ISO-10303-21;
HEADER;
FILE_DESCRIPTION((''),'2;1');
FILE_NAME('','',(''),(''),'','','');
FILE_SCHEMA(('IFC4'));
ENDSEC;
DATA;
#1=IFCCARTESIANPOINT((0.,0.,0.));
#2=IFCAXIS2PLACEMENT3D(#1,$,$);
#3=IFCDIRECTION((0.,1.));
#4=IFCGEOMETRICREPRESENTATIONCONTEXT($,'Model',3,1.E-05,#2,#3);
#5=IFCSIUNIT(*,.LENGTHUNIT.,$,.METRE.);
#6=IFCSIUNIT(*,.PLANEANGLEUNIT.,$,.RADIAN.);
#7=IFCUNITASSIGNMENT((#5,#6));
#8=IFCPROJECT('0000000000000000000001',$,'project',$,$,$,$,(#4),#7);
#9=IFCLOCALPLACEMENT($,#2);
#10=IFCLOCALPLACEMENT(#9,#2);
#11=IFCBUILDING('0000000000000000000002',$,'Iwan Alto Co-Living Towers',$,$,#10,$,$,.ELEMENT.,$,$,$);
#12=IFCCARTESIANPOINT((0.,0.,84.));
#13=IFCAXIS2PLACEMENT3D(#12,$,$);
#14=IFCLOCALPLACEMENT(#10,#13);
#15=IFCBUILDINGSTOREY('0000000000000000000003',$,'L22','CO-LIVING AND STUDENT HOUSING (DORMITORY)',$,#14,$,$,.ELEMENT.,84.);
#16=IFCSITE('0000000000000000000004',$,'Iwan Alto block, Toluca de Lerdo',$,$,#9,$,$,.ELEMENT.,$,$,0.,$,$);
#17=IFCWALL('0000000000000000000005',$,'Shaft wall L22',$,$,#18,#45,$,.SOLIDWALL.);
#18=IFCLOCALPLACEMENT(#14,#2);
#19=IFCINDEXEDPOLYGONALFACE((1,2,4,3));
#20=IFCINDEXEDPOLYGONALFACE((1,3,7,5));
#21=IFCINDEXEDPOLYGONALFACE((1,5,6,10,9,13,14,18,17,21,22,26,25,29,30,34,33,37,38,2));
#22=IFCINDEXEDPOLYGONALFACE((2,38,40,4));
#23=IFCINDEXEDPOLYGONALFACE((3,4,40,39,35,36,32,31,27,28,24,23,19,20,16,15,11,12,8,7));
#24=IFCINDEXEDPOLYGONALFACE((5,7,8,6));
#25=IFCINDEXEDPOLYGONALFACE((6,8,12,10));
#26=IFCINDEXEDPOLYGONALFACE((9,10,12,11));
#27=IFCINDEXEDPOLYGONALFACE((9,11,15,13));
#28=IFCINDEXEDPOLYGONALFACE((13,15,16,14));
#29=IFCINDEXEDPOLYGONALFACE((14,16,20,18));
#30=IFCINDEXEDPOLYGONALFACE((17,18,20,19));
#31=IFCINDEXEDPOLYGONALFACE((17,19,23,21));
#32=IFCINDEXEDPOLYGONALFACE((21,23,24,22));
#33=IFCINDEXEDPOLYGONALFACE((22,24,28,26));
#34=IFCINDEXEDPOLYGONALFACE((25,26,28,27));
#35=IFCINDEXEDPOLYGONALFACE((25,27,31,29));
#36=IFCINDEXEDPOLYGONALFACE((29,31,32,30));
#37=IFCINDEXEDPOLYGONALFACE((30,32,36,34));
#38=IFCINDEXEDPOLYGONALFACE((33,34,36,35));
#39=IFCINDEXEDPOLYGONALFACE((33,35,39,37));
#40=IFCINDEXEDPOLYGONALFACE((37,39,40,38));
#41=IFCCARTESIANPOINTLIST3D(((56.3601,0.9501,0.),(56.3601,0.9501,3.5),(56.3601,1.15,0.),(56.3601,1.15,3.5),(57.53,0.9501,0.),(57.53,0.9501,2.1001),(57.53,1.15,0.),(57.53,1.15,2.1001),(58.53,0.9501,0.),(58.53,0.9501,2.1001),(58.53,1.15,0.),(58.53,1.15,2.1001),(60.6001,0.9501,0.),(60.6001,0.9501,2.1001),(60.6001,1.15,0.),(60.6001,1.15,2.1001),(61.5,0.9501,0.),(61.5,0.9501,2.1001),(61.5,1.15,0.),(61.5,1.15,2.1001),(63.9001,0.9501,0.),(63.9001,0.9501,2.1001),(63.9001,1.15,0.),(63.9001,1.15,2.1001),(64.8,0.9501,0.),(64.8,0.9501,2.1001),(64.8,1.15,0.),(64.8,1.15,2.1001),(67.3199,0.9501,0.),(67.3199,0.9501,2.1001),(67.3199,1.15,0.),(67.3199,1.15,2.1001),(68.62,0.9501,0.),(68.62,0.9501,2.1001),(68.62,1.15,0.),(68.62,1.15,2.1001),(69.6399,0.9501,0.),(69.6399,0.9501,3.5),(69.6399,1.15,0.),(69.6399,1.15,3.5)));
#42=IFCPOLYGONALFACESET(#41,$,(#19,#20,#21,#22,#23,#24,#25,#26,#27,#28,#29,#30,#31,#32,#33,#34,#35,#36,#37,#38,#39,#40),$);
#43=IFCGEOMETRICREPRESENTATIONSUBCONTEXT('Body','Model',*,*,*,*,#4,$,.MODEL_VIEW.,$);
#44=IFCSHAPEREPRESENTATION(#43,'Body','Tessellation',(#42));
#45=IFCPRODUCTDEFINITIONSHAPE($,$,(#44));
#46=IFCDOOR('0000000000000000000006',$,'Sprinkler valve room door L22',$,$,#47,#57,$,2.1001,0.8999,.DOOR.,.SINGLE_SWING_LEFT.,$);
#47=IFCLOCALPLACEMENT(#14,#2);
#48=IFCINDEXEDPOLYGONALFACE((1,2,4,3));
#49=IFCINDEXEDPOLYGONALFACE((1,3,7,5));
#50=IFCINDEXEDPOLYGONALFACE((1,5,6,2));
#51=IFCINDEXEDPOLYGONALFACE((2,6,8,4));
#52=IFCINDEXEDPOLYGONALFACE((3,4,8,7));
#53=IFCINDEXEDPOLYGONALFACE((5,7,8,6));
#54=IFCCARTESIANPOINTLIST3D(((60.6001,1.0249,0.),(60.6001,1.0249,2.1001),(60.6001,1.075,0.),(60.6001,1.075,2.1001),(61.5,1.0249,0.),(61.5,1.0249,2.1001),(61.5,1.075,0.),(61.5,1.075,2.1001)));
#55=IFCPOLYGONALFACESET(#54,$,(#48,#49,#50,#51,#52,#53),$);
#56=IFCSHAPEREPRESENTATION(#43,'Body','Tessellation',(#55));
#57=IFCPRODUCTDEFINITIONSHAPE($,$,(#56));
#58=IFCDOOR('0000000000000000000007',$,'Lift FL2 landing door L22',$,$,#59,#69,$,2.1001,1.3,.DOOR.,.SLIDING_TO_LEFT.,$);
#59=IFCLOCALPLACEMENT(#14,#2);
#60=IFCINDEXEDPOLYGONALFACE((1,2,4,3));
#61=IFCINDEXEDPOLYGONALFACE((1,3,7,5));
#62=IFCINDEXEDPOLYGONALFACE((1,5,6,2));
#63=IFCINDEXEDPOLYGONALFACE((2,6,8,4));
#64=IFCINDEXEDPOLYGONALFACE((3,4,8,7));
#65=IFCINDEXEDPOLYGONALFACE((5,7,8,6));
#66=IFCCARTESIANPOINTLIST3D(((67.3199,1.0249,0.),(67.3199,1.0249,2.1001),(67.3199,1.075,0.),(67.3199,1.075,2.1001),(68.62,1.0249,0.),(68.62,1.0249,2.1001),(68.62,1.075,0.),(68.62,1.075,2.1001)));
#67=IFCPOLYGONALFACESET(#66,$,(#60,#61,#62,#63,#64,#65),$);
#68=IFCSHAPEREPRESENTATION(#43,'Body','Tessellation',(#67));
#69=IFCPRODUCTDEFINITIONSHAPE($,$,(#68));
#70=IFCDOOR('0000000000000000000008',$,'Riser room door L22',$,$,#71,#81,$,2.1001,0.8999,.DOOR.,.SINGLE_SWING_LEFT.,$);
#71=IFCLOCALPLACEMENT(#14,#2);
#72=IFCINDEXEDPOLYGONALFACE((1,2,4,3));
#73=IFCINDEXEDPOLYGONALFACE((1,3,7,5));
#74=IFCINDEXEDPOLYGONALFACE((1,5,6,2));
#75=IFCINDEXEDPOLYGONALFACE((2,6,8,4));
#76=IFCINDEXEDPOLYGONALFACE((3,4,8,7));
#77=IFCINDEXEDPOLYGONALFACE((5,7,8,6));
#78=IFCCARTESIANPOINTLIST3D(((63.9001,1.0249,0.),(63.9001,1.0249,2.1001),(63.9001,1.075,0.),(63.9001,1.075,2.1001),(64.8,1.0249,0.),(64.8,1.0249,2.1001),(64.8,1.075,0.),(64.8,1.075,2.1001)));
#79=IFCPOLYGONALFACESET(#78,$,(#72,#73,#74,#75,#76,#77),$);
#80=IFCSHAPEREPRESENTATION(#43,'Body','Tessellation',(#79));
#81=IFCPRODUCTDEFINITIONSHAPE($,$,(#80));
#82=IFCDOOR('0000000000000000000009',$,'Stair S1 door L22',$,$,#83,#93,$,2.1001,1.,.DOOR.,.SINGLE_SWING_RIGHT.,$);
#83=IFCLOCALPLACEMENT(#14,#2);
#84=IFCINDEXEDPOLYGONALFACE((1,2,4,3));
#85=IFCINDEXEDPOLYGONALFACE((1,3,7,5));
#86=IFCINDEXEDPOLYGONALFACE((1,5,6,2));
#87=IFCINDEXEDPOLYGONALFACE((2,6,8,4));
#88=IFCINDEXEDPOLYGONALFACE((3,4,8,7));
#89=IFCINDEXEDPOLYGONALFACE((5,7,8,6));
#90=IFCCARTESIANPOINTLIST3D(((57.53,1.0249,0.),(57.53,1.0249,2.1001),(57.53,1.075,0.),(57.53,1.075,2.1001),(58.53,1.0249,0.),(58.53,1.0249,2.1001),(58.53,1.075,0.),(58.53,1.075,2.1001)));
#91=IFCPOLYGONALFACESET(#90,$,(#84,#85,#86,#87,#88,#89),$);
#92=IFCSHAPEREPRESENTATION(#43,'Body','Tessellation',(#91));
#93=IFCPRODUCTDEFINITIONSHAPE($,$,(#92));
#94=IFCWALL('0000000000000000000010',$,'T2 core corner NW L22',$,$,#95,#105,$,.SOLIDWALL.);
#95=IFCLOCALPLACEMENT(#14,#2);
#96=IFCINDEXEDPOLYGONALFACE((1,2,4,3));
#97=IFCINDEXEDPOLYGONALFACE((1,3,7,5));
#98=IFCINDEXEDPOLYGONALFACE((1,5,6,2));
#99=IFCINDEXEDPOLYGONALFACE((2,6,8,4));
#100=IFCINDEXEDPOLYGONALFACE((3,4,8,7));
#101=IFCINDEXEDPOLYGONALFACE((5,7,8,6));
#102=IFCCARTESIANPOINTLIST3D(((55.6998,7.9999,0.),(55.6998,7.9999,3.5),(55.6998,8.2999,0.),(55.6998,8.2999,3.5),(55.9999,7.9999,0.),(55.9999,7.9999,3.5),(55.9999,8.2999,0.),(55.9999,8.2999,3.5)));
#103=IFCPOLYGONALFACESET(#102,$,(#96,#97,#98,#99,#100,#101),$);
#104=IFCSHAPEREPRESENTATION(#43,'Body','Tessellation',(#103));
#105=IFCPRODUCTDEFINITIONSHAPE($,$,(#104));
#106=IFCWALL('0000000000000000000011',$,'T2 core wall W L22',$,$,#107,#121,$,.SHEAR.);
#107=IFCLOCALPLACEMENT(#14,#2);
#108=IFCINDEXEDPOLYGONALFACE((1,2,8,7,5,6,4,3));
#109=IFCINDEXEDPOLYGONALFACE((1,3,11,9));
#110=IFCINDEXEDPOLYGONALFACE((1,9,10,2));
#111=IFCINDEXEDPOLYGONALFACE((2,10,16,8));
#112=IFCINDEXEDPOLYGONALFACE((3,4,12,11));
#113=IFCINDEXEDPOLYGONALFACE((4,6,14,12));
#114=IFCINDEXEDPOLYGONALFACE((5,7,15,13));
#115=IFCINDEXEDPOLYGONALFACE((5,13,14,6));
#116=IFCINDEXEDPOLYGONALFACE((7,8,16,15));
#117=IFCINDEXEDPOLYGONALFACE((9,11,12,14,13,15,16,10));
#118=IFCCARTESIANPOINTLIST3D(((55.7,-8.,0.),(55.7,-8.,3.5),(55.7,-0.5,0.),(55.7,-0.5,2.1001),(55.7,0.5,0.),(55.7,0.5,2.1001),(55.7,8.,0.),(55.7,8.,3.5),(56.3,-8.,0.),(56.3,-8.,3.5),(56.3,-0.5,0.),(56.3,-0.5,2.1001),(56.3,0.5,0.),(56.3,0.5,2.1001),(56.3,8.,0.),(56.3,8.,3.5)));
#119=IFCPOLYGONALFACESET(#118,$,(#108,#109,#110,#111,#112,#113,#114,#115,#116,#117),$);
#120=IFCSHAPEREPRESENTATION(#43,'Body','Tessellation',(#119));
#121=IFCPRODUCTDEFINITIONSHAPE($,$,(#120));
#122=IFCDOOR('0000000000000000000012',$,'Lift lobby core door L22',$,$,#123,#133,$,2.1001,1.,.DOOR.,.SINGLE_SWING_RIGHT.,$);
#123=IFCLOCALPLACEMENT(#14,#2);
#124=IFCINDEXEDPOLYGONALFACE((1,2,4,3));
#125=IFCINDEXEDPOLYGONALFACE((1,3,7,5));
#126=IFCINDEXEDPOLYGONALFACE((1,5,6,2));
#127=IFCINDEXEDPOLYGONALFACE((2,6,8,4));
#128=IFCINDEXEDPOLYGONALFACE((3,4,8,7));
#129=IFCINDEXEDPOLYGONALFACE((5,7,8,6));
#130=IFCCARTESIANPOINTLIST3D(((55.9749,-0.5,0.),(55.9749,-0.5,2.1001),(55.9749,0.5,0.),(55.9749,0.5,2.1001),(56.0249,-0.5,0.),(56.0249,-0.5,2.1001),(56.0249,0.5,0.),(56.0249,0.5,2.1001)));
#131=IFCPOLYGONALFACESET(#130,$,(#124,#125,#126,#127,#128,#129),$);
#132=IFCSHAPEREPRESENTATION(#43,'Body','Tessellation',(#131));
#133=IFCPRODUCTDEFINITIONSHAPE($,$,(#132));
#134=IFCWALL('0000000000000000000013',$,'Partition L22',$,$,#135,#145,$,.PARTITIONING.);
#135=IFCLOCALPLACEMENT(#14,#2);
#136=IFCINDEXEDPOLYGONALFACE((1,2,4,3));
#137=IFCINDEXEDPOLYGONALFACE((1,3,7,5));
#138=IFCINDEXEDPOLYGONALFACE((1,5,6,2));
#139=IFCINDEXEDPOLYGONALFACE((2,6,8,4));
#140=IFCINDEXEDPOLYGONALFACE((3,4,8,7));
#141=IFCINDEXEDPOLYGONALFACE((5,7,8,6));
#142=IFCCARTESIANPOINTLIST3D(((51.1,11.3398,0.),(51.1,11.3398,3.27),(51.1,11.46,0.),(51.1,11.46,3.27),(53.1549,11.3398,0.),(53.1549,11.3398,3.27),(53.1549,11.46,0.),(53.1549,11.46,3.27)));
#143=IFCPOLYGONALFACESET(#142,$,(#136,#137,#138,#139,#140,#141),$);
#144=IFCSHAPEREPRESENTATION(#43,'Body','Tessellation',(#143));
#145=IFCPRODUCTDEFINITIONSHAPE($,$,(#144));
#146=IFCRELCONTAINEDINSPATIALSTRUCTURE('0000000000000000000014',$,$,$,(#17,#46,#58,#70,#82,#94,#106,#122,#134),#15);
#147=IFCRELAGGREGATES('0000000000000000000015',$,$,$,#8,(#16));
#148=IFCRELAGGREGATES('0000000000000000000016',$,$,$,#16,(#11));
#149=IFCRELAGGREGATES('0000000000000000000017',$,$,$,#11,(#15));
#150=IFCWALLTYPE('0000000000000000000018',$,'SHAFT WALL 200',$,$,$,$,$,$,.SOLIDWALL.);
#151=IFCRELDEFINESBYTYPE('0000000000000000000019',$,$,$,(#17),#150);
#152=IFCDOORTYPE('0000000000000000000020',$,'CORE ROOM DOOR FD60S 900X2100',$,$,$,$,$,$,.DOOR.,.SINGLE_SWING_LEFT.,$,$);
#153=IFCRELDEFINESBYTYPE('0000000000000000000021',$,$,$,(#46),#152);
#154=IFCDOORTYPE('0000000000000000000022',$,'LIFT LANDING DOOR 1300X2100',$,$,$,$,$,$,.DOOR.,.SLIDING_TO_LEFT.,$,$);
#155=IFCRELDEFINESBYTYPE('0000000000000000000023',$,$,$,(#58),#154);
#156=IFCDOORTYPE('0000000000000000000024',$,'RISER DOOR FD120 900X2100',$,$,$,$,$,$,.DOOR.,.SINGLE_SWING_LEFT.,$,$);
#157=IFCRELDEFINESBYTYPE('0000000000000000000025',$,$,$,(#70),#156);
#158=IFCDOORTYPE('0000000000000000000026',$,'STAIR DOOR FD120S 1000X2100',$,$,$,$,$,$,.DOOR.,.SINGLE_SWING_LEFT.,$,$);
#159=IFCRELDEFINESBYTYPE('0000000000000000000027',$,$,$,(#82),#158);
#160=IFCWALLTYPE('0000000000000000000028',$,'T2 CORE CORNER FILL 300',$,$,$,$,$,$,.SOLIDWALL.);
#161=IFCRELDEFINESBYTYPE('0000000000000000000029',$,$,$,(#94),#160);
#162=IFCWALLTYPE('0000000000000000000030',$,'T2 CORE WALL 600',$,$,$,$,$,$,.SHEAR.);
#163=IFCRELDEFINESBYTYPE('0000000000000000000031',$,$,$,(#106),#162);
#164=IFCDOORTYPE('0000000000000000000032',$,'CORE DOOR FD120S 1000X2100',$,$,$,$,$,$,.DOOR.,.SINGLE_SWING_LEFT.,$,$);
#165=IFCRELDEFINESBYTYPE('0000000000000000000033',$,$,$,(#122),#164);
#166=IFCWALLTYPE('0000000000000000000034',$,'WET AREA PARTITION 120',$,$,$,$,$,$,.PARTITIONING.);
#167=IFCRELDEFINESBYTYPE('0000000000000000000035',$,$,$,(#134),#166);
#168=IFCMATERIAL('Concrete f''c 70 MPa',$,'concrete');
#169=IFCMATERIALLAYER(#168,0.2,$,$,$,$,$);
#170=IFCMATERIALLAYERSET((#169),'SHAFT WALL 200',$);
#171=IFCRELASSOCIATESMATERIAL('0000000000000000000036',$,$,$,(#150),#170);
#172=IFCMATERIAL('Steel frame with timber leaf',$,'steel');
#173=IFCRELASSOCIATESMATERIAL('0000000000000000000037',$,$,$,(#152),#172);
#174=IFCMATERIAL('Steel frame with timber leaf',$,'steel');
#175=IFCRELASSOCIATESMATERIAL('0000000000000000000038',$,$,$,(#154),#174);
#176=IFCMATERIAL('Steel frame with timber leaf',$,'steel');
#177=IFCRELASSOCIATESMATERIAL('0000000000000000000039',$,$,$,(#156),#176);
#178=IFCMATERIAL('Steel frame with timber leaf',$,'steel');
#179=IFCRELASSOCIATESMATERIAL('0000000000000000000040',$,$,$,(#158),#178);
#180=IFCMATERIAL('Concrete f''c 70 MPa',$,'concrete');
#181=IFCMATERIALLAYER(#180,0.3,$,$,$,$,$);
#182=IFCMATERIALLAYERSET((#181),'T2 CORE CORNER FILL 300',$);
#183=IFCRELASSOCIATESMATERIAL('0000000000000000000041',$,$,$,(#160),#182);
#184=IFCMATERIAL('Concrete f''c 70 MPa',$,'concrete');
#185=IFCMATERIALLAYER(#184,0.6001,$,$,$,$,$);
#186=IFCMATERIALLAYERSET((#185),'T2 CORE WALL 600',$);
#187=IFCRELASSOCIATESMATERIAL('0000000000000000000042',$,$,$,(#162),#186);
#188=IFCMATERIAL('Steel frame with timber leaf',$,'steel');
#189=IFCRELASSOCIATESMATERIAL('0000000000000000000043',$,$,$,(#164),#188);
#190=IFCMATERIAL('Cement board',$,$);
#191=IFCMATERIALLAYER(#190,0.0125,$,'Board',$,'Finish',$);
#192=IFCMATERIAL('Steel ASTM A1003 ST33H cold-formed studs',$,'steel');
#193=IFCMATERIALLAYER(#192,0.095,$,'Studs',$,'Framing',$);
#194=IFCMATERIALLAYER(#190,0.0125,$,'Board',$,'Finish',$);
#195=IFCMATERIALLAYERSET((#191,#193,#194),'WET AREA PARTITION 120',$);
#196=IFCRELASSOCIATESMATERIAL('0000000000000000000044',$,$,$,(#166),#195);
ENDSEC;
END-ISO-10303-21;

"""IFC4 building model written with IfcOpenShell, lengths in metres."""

from ifc_helpers import new_model, si_unit, direction, frame, frame_2d, origin, place, context, subcontext, project, spatial, rectangle, extrude, material, layer, layer_set, type_object, element, fill, save


model = new_model("IFC4")

# Units and contexts
model_context = context("Model", 3, precision=1e-05, world=origin(), true_north=direction((0.0, 1.0)))
body_context = subcontext(model_context, "Body", "Model", "MODEL_VIEW")
ifc_project = project(units=[si_unit("LENGTHUNIT", "METRE"), si_unit("PLANEANGLEUNIT", "RADIAN")], contexts=[model_context])

# Site, building, storey
site_placement = place(None, origin())
site = spatial("IfcSite", under=ifc_project, at=site_placement, Name="Iwan Alto block, Toluca de Lerdo", CompositionType="ELEMENT", RefElevation=0.0)
building_placement = place(site_placement, origin())
building = spatial("IfcBuilding", under=site, at=building_placement, Name="Iwan Alto Co-Living Towers", CompositionType="ELEMENT")
storey_placement = place(building_placement, frame((0.0, 0.0, 84.0)))
storey = spatial("IfcBuildingStorey", under=building, at=storey_placement, Name="L22", Description="CO-LIVING AND STUDENT HOUSING (DORMITORY)", CompositionType="ELEMENT", Elevation=84.0)

# Shared definitions
ifc_material_1 = material(Name="Steel ASTM A1003 ST33H cold-formed studs", Category="steel")

# Wall, openings, doors
ifc_material_2 = material(Name="Concrete f'c 70 MPa", Category="concrete")
ifc_layer_1 = layer(ifc_material_2, 0.2)
ifc_layer_set_1 = layer_set([ifc_layer_1], Name="SHAFT WALL 200")
wall_type_1 = type_object("IfcWallType", Name="SHAFT WALL 200", PredefinedType="SOLIDWALL", material=ifc_layer_set_1)
wall_1_placement = place(storey_placement, frame((56.3601, 1.05, 0.0), z_axis=(0.0, 0.0, 1.0), x_axis=(1.0, 0.0, 0.0)))
wall_1 = element("IfcWall", 1, at=wall_1_placement, inside=storey, type_object=wall_type_1, Name="Shaft wall L22", PredefinedType="SOLIDWALL", context=body_context, shape_type="SweptSolid", body=[
    extrude(rectangle(XDim=13.2798, YDim=0.2, at=frame_2d((6.6399, 0.0))), origin(), (0.0, 0.0, 1.0), 3.5),
])
opening_1_placement = place(wall_1_placement, frame((1.1699, 0.0, 0.0)))
opening_1 = element("IfcOpeningElement", 2, at=opening_1_placement, cuts=wall_1, PredefinedType="OPENING", context=body_context, shape_type="SweptSolid", body=[
    extrude(rectangle(XDim=1.0, YDim=2.1001, at=frame_2d((0.5, 1.05))), frame((0.0, 0.1099, 0.0), z_axis=(0.0, -1.0, 0.0), x_axis=(1.0, 0.0, 0.0)), (0.0, 0.0, 1.0), 0.22),
])
opening_2_placement = place(wall_1_placement, frame((7.54, 0.0, 0.0)))
opening_2 = element("IfcOpeningElement", 3, at=opening_2_placement, cuts=wall_1, PredefinedType="OPENING", context=body_context, shape_type="SweptSolid", body=[
    extrude(rectangle(XDim=0.8999, YDim=2.1001, at=frame_2d((0.45, 1.05))), frame((0.0, 0.1099, 0.0), z_axis=(0.0, -1.0, 0.0), x_axis=(1.0, 0.0, 0.0)), (0.0, 0.0, 1.0), 0.22),
])
opening_3_placement = place(wall_1_placement, frame((4.24, 0.0, 0.0)))
opening_3 = element("IfcOpeningElement", 4, at=opening_3_placement, cuts=wall_1, PredefinedType="OPENING", context=body_context, shape_type="SweptSolid", body=[
    extrude(rectangle(XDim=0.8999, YDim=2.1001, at=frame_2d((0.45, 1.05))), frame((0.0, 0.1099, 0.0), z_axis=(0.0, -1.0, 0.0), x_axis=(1.0, 0.0, 0.0)), (0.0, 0.0, 1.0), 0.22),
])
opening_4_placement = place(wall_1_placement, frame((10.96, 0.0, 0.0)))
opening_4 = element("IfcOpeningElement", 5, at=opening_4_placement, cuts=wall_1, PredefinedType="OPENING", context=body_context, shape_type="SweptSolid", body=[
    extrude(rectangle(XDim=1.3, YDim=2.1001, at=frame_2d((0.6499, 1.05))), frame((0.0, 0.1099, 0.0), z_axis=(0.0, -1.0, 0.0), x_axis=(1.0, 0.0, 0.0)), (0.0, 0.0, 1.0), 0.22),
])
ifc_material_3 = material(Name="Steel frame with timber leaf", Category="steel")
door_type_1 = type_object("IfcDoorType", Name="CORE ROOM DOOR FD60S 900X2100", OperationType="SINGLE_SWING_LEFT", PredefinedType="DOOR", material=ifc_material_3)
door_1_placement = place(opening_3_placement, origin())
door_1 = element("IfcDoor", 6, at=door_1_placement, inside=storey, type_object=door_type_1, Name="Sprinkler valve room door L22", OperationType="SINGLE_SWING_LEFT", OverallHeight=2.1001, OverallWidth=0.8999, PredefinedType="DOOR", context=body_context, shape_type="SweptSolid", body=[
    extrude(rectangle(XDim=0.8999, YDim=2.1001, at=frame_2d((0.45, 1.05))), frame((0.0, 0.0249, 0.0), z_axis=(0.0, -1.0, 0.0), x_axis=(1.0, 0.0, 0.0)), (0.0, 0.0, 1.0), 0.05),
])
fill(opening_3, door_1)
ifc_material_4 = material(Name="Steel frame with timber leaf", Category="steel")
door_type_2 = type_object("IfcDoorType", Name="LIFT LANDING DOOR 1300X2100", OperationType="SLIDING_TO_LEFT", PredefinedType="DOOR", material=ifc_material_4)
door_2_placement = place(opening_4_placement, origin())
door_2 = element("IfcDoor", 7, at=door_2_placement, inside=storey, type_object=door_type_2, Name="Lift FL2 landing door L22", OperationType="SLIDING_TO_LEFT", OverallHeight=2.1001, OverallWidth=1.3, PredefinedType="DOOR", context=body_context, shape_type="SweptSolid", body=[
    extrude(rectangle(XDim=1.3, YDim=2.1001, at=frame_2d((0.6499, 1.05))), frame((0.0, 0.0249, 0.0), z_axis=(0.0, -1.0, 0.0), x_axis=(1.0, 0.0, 0.0)), (0.0, 0.0, 1.0), 0.05),
])
fill(opening_4, door_2)
ifc_material_5 = material(Name="Steel frame with timber leaf", Category="steel")
door_type_3 = type_object("IfcDoorType", Name="RISER DOOR FD120 900X2100", OperationType="SINGLE_SWING_LEFT", PredefinedType="DOOR", material=ifc_material_5)
door_3_placement = place(opening_2_placement, origin())
door_3 = element("IfcDoor", 8, at=door_3_placement, inside=storey, type_object=door_type_3, Name="Riser room door L22", OperationType="SINGLE_SWING_LEFT", OverallHeight=2.1001, OverallWidth=0.8999, PredefinedType="DOOR", context=body_context, shape_type="SweptSolid", body=[
    extrude(rectangle(XDim=0.8999, YDim=2.1001, at=frame_2d((0.45, 1.05))), frame((0.0, 0.0249, 0.0), z_axis=(0.0, -1.0, 0.0), x_axis=(1.0, 0.0, 0.0)), (0.0, 0.0, 1.0), 0.05),
])
fill(opening_2, door_3)
ifc_material_6 = material(Name="Steel frame with timber leaf", Category="steel")
door_type_4 = type_object("IfcDoorType", Name="STAIR DOOR FD120S 1000X2100", OperationType="SINGLE_SWING_LEFT", PredefinedType="DOOR", material=ifc_material_6)
door_4_placement = place(opening_1_placement, origin())
door_4 = element("IfcDoor", 9, at=door_4_placement, inside=storey, type_object=door_type_4, Name="Stair S1 door L22", OperationType="SINGLE_SWING_RIGHT", OverallHeight=2.1001, OverallWidth=1.0, PredefinedType="DOOR", context=body_context, shape_type="SweptSolid", body=[
    extrude(rectangle(XDim=1.0, YDim=2.1001, at=frame_2d((0.5, 1.05))), frame((0.0, 0.0249, 0.0), z_axis=(0.0, -1.0, 0.0), x_axis=(1.0, 0.0, 0.0)), (0.0, 0.0, 1.0), 0.05),
])
fill(opening_1, door_4)

# Wall
ifc_material_7 = material(Name="Concrete f'c 70 MPa", Category="concrete")
ifc_layer_2 = layer(ifc_material_7, 0.3)
ifc_layer_set_2 = layer_set([ifc_layer_2], Name="T2 CORE CORNER FILL 300")
wall_type_2 = type_object("IfcWallType", Name="T2 CORE CORNER FILL 300", PredefinedType="SOLIDWALL", material=ifc_layer_set_2)
wall_2_placement = place(storey_placement, frame((55.7, 8.1499, 0.0), z_axis=(0.0, 0.0, 1.0), x_axis=(1.0, 0.0, 0.0)))
element("IfcWall", 10, at=wall_2_placement, inside=storey, type_object=wall_type_2, Name="T2 core corner NW L22", PredefinedType="SOLIDWALL", context=body_context, shape_type="SweptSolid", body=[
    extrude(rectangle(XDim=0.3, YDim=0.3, at=frame_2d((0.1499, 0.0))), origin(), (0.0, 0.0, 1.0), 3.5),
])

# Wall, opening, door
ifc_material_8 = material(Name="Concrete f'c 70 MPa", Category="concrete")
ifc_layer_3 = layer(ifc_material_8, 0.6001)
ifc_layer_set_3 = layer_set([ifc_layer_3], Name="T2 CORE WALL 600")
wall_type_3 = type_object("IfcWallType", Name="T2 CORE WALL 600", PredefinedType="SHEAR", material=ifc_layer_set_3)
wall_3_placement = place(storey_placement, frame((56.0, 8.0, 0.0), z_axis=(0.0, 0.0, 1.0), x_axis=(0.0, -1.0, 0.0)))
wall_3 = element("IfcWall", 11, at=wall_3_placement, inside=storey, type_object=wall_type_3, Name="T2 core wall W L22", PredefinedType="SHEAR", context=body_context, shape_type="SweptSolid", body=[
    extrude(rectangle(XDim=16.0, YDim=0.6001, at=frame_2d((8.0, 0.0))), origin(), (0.0, 0.0, 1.0), 3.5),
])
opening_5_placement = place(wall_3_placement, frame((7.5, 0.0, 0.0)))
opening_5 = element("IfcOpeningElement", 12, at=opening_5_placement, cuts=wall_3, PredefinedType="OPENING", context=body_context, shape_type="SweptSolid", body=[
    extrude(rectangle(XDim=1.0, YDim=2.1001, at=frame_2d((0.5, 1.05))), frame((0.0, 0.3101, 0.0), z_axis=(0.0, -1.0, 0.0), x_axis=(1.0, 0.0, 0.0)), (0.0, 0.0, 1.0), 0.6201),
])
ifc_material_9 = material(Name="Steel frame with timber leaf", Category="steel")
door_type_5 = type_object("IfcDoorType", Name="CORE DOOR FD120S 1000X2100", OperationType="SINGLE_SWING_LEFT", PredefinedType="DOOR", material=ifc_material_9)
door_5_placement = place(opening_5_placement, origin())
door_5 = element("IfcDoor", 13, at=door_5_placement, inside=storey, type_object=door_type_5, Name="Lift lobby core door L22", OperationType="SINGLE_SWING_RIGHT", OverallHeight=2.1001, OverallWidth=1.0, PredefinedType="DOOR", context=body_context, shape_type="SweptSolid", body=[
    extrude(rectangle(XDim=1.0, YDim=2.1001, at=frame_2d((0.5, 1.05))), frame((0.0, 0.0249, 0.0), z_axis=(0.0, -1.0, 0.0), x_axis=(1.0, 0.0, 0.0)), (0.0, 0.0, 1.0), 0.05),
])
fill(opening_5, door_5)

# Wall
ifc_material_10 = material(Name="Cement board")
ifc_layer_4 = layer(ifc_material_10, 0.0125, Name="Board", Category="Finish")
ifc_layer_5 = layer(ifc_material_1, 0.095, Name="Studs", Category="Framing")
ifc_layer_6 = layer(ifc_material_10, 0.0125, Name="Board", Category="Finish")
ifc_layer_set_4 = layer_set([ifc_layer_4, ifc_layer_5, ifc_layer_6], Name="WET AREA PARTITION 120")
wall_type_4 = type_object("IfcWallType", Name="WET AREA PARTITION 120", PredefinedType="PARTITIONING", material=ifc_layer_set_4)
wall_4_placement = place(storey_placement, frame((51.1001, 11.3999, 0.0), z_axis=(0.0, 0.0, 1.0), x_axis=(1.0, 0.0, 0.0)))
element("IfcWall", 14, at=wall_4_placement, inside=storey, type_object=wall_type_4, Name="Partition L22", PredefinedType="PARTITIONING", context=body_context, shape_type="SweptSolid", body=[
    extrude(rectangle(XDim=2.0549, YDim=0.1201, at=frame_2d((1.0273, 0.0))), origin(), (0.0, 0.0, 1.0), 3.27),
])

save(model, "model.ifc")
